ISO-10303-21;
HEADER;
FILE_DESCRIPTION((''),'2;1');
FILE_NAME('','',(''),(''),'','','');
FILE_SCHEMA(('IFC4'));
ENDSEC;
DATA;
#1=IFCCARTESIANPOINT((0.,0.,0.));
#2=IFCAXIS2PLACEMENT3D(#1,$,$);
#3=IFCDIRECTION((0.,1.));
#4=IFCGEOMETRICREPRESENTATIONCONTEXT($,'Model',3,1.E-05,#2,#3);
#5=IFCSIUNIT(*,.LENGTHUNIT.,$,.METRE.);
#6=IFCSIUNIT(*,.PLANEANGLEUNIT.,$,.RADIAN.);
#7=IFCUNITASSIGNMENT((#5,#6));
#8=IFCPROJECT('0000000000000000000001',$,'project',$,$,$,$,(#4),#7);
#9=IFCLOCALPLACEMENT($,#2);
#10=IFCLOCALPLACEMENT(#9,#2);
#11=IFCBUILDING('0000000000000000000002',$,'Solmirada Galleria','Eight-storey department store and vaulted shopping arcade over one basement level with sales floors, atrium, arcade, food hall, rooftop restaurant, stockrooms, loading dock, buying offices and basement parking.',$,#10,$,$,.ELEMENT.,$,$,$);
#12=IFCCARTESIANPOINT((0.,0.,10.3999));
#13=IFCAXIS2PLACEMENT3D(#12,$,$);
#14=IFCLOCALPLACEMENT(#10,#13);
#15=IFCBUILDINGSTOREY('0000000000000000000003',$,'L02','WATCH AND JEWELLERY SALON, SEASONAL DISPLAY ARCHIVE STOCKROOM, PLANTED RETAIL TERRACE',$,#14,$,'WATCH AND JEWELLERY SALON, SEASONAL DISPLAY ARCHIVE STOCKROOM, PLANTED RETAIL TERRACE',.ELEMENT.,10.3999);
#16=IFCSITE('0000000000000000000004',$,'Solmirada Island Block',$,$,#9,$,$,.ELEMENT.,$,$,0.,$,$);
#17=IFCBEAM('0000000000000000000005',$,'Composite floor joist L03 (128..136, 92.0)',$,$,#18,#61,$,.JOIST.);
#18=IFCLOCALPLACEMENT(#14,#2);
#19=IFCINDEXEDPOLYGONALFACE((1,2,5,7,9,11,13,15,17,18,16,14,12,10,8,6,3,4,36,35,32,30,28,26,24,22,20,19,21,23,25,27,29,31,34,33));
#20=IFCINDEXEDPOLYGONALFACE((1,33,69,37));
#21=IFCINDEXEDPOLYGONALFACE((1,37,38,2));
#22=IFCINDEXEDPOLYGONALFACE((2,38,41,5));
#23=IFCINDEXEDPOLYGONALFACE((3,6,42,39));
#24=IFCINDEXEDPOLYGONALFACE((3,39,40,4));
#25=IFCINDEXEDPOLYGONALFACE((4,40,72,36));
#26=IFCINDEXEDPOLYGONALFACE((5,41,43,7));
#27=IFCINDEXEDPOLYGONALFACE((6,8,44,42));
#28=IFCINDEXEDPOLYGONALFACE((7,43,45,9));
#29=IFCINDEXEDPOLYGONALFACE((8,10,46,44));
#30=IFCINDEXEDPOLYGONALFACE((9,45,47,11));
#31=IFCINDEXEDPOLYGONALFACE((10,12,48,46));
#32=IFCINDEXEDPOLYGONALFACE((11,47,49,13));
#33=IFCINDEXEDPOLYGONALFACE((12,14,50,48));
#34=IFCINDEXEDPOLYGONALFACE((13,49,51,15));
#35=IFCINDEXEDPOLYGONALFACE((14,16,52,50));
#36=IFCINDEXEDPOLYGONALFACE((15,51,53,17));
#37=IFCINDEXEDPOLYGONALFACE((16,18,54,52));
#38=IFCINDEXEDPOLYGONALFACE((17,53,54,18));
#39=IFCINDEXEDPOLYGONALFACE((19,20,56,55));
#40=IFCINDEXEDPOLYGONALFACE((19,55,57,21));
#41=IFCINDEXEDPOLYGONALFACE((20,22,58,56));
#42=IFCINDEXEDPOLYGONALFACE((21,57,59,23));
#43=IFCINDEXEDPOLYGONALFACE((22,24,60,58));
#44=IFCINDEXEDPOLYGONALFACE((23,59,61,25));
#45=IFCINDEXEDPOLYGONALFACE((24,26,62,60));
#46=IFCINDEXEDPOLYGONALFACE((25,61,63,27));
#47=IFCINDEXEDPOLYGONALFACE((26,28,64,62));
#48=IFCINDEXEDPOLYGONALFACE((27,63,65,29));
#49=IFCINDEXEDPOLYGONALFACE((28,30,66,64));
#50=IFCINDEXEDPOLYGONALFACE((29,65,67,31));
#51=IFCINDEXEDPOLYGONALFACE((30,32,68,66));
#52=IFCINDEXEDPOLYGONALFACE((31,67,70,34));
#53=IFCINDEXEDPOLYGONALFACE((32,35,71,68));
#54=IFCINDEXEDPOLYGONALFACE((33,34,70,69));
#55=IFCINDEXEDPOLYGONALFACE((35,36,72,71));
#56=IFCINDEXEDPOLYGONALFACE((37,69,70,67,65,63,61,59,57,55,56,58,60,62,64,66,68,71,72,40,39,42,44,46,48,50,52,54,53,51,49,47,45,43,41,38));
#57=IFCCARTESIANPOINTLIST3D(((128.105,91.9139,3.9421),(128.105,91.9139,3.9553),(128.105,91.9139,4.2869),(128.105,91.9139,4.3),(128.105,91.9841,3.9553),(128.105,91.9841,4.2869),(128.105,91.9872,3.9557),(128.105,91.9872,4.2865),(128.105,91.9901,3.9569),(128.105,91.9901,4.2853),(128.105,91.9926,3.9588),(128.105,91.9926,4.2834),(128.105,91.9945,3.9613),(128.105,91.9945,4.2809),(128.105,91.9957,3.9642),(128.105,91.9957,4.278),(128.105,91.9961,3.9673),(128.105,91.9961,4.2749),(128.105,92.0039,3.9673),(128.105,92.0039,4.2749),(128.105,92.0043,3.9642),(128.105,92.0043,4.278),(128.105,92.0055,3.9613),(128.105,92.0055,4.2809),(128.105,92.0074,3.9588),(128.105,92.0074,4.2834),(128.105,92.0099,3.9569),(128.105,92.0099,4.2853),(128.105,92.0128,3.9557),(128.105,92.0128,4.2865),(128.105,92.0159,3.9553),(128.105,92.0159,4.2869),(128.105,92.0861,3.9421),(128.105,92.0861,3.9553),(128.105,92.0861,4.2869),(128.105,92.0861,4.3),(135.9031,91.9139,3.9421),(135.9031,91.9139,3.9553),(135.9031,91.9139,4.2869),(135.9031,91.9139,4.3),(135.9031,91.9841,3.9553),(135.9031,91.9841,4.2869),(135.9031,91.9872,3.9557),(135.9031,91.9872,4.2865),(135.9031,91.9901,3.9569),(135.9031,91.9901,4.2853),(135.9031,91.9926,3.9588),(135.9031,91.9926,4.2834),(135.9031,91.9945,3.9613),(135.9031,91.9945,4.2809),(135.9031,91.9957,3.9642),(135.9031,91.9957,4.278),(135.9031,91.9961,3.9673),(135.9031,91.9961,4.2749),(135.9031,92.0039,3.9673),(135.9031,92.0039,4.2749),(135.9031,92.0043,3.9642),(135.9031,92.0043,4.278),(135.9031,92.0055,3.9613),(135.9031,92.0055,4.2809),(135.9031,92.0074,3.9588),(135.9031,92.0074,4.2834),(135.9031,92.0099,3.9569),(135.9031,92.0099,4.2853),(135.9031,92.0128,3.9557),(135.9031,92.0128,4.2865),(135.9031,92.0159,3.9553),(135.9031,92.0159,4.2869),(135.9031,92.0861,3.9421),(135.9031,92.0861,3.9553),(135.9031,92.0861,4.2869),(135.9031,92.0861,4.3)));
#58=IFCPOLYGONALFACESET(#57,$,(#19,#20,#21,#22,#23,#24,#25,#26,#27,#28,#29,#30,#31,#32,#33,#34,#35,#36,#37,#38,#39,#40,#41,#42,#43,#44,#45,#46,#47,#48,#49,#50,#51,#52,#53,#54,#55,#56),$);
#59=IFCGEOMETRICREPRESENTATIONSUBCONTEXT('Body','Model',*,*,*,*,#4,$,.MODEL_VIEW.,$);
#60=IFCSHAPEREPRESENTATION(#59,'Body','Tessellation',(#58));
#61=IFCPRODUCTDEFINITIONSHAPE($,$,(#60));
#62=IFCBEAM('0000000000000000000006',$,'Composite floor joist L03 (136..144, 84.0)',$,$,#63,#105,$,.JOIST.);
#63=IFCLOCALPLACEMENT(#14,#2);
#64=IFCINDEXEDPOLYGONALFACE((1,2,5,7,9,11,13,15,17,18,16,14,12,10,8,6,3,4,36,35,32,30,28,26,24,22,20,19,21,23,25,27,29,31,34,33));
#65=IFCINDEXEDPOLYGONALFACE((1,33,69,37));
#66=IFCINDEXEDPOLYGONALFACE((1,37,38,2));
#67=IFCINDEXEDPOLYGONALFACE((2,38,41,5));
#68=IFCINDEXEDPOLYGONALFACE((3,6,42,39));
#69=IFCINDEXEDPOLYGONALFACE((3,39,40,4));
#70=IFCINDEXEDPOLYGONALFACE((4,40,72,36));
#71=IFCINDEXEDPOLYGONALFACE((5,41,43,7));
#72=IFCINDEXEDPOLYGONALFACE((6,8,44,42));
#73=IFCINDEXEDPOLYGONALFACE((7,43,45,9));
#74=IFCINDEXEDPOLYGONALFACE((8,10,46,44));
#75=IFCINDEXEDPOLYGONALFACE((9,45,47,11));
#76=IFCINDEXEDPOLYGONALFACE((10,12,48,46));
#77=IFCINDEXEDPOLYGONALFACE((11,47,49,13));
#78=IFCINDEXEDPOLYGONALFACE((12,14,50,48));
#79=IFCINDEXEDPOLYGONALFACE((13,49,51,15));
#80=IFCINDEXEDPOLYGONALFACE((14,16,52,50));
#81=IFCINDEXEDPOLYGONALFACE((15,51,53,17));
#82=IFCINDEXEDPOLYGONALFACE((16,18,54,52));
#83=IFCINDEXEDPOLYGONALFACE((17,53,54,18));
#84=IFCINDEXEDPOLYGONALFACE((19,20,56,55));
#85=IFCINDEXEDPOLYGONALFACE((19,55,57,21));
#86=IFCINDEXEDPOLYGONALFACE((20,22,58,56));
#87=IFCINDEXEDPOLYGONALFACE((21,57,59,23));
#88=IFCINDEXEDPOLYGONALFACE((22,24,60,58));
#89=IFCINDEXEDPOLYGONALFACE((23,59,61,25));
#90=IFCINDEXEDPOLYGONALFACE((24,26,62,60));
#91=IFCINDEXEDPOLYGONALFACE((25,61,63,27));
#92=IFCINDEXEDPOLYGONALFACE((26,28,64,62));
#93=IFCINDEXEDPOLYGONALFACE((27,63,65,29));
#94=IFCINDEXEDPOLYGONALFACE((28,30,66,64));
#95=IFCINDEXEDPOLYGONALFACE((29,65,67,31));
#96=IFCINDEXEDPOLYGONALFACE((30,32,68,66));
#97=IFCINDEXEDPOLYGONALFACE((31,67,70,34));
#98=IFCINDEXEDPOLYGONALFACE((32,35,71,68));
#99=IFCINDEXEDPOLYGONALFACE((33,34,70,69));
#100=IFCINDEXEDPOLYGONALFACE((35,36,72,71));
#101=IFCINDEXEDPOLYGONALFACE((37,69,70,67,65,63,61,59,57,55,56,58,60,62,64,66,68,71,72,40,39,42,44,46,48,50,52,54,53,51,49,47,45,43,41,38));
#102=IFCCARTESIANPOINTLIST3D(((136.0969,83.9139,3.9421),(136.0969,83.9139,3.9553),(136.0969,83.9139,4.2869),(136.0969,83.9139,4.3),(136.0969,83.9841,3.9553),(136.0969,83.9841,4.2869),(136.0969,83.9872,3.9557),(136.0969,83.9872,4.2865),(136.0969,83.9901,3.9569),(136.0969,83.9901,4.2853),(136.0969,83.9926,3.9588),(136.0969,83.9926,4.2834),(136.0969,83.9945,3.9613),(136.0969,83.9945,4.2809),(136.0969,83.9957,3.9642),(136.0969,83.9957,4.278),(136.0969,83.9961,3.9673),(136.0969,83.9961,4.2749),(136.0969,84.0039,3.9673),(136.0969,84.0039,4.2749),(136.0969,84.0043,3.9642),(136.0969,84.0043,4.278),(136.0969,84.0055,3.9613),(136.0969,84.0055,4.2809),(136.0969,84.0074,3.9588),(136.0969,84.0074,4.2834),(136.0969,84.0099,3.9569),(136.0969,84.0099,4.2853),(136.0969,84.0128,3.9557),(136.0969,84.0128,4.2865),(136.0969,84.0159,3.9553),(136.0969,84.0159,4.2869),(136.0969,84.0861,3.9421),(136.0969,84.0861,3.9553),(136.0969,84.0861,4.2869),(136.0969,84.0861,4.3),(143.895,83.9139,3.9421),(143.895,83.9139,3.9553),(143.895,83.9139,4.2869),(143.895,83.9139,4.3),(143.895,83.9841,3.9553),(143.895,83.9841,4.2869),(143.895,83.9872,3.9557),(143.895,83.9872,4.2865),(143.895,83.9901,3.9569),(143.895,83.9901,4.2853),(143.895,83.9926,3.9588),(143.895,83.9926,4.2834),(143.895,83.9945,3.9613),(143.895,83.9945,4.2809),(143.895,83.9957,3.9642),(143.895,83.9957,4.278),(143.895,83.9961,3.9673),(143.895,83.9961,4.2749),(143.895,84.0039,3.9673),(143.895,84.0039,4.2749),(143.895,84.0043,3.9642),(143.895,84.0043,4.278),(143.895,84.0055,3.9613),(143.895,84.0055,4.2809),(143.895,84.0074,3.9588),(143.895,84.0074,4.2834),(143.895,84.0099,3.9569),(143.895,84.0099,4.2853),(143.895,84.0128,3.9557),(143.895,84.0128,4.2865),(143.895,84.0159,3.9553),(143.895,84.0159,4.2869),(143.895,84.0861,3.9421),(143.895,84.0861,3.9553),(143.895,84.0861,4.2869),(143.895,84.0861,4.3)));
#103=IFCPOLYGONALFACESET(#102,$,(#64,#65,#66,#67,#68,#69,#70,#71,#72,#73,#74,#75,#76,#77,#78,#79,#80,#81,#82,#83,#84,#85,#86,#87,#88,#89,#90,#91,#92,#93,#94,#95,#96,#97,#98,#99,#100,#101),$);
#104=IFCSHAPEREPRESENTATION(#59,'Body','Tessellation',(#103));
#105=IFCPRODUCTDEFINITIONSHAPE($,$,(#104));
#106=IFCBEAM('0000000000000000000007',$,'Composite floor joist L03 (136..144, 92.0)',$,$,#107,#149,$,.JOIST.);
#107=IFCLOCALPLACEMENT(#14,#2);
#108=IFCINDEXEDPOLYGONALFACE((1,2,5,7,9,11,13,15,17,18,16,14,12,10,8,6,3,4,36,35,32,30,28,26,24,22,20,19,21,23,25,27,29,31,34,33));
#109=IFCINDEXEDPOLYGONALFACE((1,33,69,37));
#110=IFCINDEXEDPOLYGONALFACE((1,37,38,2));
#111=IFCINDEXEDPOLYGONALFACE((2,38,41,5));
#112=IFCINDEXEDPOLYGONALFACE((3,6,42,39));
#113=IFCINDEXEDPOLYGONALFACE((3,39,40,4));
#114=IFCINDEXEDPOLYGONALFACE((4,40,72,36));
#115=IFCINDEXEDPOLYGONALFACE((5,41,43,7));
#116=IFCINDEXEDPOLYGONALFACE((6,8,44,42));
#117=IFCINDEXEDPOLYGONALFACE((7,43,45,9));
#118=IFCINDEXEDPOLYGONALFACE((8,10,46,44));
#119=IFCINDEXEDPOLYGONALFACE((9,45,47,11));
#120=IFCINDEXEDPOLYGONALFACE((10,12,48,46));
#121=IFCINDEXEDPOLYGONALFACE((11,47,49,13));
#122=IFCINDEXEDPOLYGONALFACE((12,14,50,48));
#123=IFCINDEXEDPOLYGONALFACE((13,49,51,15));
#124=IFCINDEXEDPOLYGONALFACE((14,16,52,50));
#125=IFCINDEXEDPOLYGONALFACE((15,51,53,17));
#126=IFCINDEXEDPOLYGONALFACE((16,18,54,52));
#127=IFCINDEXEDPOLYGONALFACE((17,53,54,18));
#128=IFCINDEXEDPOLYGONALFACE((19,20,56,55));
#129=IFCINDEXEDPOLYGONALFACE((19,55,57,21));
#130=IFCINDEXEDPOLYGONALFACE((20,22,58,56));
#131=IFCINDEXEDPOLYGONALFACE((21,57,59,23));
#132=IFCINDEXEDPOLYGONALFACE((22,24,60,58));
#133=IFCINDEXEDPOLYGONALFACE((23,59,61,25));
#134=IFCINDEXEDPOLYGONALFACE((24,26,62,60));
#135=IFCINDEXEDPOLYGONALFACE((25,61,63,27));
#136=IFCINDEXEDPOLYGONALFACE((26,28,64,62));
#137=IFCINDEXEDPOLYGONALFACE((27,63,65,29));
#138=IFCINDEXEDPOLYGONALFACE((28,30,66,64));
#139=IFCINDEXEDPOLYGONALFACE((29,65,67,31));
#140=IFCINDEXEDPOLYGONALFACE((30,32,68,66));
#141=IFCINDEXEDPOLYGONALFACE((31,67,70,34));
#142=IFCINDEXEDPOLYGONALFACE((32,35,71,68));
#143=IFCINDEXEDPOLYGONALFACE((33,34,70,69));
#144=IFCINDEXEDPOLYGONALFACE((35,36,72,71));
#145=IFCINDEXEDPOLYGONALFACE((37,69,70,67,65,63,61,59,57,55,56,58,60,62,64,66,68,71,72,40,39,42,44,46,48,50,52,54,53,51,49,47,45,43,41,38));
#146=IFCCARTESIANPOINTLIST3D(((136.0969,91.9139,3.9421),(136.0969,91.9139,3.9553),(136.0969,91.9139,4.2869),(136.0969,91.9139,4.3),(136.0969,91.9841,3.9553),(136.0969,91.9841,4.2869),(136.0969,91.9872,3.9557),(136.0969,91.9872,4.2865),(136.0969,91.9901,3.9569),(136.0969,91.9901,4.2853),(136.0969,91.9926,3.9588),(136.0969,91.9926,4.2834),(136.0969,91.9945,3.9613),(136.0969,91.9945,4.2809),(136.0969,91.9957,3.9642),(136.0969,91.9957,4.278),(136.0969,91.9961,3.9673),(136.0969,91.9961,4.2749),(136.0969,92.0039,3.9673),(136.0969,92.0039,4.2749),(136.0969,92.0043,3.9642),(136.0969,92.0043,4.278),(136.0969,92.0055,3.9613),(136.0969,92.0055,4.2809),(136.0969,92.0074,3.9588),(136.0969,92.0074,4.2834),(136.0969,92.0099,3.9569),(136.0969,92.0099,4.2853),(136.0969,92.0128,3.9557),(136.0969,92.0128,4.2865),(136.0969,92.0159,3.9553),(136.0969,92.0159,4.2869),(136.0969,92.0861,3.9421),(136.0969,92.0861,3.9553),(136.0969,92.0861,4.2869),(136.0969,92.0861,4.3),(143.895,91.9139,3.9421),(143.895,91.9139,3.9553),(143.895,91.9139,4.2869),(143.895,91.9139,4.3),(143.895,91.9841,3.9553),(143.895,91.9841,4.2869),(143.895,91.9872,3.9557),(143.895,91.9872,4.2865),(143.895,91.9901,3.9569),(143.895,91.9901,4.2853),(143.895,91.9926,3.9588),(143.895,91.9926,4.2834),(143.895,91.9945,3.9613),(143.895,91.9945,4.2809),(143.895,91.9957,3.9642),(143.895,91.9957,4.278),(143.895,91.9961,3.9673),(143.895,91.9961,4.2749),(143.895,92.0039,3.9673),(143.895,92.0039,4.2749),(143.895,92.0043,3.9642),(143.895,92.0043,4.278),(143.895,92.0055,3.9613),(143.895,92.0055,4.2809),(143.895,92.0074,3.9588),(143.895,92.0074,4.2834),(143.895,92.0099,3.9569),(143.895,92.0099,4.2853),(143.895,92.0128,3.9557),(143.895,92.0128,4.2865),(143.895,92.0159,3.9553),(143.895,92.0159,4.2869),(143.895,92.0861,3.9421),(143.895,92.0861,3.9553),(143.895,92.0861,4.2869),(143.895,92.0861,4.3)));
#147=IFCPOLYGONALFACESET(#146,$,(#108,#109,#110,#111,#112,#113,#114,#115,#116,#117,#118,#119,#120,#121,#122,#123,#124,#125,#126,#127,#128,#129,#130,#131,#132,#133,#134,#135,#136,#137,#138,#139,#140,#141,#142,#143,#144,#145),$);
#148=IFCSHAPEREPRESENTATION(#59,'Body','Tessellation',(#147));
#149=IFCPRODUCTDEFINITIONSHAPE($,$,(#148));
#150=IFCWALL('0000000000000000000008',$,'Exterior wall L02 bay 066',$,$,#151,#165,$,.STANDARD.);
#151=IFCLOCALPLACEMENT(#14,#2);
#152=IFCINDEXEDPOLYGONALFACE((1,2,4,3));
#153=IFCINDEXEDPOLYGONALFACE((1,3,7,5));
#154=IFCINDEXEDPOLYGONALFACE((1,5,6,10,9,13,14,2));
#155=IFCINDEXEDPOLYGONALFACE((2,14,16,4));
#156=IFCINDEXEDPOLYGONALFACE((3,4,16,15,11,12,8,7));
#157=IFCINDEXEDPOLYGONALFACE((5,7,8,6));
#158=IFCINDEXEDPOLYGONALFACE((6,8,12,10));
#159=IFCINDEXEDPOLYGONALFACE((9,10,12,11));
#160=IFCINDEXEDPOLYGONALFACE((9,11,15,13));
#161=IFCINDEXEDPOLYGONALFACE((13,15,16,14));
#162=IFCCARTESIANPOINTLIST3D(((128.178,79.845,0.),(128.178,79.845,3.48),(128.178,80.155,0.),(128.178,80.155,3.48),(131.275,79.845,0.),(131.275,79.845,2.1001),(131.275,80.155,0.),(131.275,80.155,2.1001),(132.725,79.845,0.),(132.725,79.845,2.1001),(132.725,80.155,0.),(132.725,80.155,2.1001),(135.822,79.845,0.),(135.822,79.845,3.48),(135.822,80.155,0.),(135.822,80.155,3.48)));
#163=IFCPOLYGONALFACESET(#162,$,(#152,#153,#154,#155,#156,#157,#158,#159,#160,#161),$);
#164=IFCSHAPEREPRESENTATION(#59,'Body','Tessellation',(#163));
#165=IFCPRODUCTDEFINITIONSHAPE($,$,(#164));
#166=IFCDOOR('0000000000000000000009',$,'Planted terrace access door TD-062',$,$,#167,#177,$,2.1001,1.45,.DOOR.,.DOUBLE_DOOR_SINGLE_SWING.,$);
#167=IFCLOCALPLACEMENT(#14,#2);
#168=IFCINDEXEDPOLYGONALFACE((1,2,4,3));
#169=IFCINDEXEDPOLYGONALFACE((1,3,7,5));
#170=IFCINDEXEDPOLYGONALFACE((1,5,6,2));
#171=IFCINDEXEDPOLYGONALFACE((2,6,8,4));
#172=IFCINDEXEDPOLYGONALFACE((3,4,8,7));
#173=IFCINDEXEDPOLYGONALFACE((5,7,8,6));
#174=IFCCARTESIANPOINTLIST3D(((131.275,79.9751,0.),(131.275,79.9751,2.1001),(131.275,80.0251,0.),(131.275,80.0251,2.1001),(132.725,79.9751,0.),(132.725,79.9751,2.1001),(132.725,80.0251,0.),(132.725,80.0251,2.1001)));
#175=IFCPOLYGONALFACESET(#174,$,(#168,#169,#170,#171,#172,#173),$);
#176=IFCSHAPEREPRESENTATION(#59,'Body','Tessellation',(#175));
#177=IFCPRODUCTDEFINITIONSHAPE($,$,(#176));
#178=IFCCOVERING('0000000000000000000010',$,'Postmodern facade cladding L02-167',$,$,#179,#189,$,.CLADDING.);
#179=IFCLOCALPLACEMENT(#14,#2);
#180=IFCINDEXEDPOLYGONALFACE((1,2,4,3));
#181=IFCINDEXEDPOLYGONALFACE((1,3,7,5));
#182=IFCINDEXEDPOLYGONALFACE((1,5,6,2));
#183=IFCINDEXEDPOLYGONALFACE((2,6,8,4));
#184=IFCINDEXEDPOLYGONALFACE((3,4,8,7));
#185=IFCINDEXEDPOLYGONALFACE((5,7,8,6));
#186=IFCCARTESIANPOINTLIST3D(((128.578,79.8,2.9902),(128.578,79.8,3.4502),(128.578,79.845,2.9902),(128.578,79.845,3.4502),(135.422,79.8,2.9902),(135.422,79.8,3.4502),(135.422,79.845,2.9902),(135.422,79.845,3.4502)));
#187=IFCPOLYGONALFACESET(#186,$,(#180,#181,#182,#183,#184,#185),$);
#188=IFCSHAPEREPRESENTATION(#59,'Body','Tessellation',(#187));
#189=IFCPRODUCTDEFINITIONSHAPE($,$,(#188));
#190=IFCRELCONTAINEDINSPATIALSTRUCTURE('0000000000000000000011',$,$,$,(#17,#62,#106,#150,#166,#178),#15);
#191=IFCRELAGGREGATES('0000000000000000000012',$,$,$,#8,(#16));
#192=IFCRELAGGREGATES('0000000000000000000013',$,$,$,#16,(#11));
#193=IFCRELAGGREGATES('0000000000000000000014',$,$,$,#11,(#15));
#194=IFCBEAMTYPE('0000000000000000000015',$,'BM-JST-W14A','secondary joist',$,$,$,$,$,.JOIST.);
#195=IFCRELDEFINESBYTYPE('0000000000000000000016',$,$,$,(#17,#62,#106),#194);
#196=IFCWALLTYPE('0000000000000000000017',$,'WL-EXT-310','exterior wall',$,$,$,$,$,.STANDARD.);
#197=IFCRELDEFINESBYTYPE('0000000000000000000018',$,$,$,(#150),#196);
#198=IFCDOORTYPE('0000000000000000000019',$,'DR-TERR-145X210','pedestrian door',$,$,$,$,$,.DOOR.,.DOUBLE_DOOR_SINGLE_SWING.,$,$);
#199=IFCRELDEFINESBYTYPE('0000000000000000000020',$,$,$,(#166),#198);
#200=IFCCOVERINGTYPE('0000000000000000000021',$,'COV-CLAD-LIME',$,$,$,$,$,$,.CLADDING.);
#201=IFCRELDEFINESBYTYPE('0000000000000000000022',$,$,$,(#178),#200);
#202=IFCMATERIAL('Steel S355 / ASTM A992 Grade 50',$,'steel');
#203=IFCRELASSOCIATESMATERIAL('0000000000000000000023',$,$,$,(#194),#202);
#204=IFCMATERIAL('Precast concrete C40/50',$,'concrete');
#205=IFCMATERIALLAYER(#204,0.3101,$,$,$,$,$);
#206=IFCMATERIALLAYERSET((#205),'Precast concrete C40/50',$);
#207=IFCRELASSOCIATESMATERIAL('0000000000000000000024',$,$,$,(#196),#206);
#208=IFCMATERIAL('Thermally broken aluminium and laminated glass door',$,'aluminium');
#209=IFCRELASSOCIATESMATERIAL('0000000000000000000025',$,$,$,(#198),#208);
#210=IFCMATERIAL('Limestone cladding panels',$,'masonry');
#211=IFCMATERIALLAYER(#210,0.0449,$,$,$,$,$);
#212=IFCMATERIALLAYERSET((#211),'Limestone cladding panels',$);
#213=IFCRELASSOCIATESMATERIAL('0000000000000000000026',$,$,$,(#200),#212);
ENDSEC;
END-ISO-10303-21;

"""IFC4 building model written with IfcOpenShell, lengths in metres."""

from ifc_helpers import new_model, si_unit, direction, frame, frame_2d, origin, origin_2d, place, context, subcontext, project, spatial, rectangle, i_section, extrude, material, layer, layer_set, material_profile, profile_set, type_object, element, fill, save


model = new_model("IFC4")

# Units and contexts
model_context = context("Model", 3, precision=1e-05, world=origin(), true_north=direction((0.0, 1.0)))
body_context = subcontext(model_context, "Body", "Model", "MODEL_VIEW")
ifc_project = project(units=[si_unit("LENGTHUNIT", "METRE"), si_unit("PLANEANGLEUNIT", "RADIAN")], contexts=[model_context])

# Site, building, storey
site_placement = place(None, origin())
site = spatial("IfcSite", under=ifc_project, at=site_placement, Name="Solmirada Island Block", CompositionType="ELEMENT", RefElevation=0.0)
building_placement = place(site_placement, origin())
building = spatial("IfcBuilding", under=site, at=building_placement, Name="Solmirada Galleria", Description="Eight-storey department store and vaulted shopping arcade over one basement level with sales floors, atrium, arcade, food hall, rooftop restaurant, stockrooms, loading dock, buying offices and basement parking.", CompositionType="ELEMENT")
storey_placement = place(building_placement, frame((0.0, 0.0, 10.3999)))
storey = spatial("IfcBuildingStorey", under=building, at=storey_placement, Name="L02", Description="WATCH AND JEWELLERY SALON, SEASONAL DISPLAY ARCHIVE STOCKROOM, PLANTED RETAIL TERRACE", LongName="WATCH AND JEWELLERY SALON, SEASONAL DISPLAY ARCHIVE STOCKROOM, PLANTED RETAIL TERRACE", CompositionType="ELEMENT", Elevation=10.3999)

# Beams
ifc_material_1 = material(Name="Steel S355 / ASTM A992 Grade 50", Category="steel")
ifc_material_profile_1 = material_profile(ifc_material_1, i_section(OverallWidth=0.1721, OverallDepth=0.3579, WebThickness=0.0078, FlangeThickness=0.0132, FilletRadius=0.012, at=origin_2d()), Name="W14X38")
ifc_profile_set_1 = profile_set([ifc_material_profile_1], Name="Steel S355 / ASTM A992 Grade 50")
beam_type_1 = type_object("IfcBeamType", Name="BM-JST-W14A", Description="secondary joist", PredefinedType="JOIST", material=ifc_profile_set_1)
for number, where, z_axis, x_axis, name in (
    (1, (128.105, 92.0, 4.1211), (1.0, 0.0, 0.0), (0.0, 1.0, 0.0), "Composite floor joist L03 (128..136, 92.0)"),
    (2, (136.0969, 84.0, 4.1211), (1.0, 0.0, 0.0), (0.0, 1.0, 0.0), "Composite floor joist L03 (136..144, 84.0)"),
    (3, (136.0969, 92.0, 4.1211), (1.0, 0.0, 0.0), (0.0, 1.0, 0.0), "Composite floor joist L03 (136..144, 92.0)"),
):
    element("IfcBeam", number, at=place(storey_placement, frame(where, z_axis=z_axis, x_axis=x_axis)), inside=storey, type_object=beam_type_1, Name=name, PredefinedType="JOIST", context=body_context, shape_type="SweptSolid", body=[
        extrude(i_section(OverallWidth=0.1721, OverallDepth=0.3579, WebThickness=0.0078, FlangeThickness=0.0132, FilletRadius=0.012, at=origin_2d()), origin(), (0.0, 0.0, 1.0), 7.7981),
    ])

# Wall, opening, door
ifc_material_2 = material(Name="Precast concrete C40/50", Category="concrete")
ifc_layer_1 = layer(ifc_material_2, 0.3101)
ifc_layer_set_1 = layer_set([ifc_layer_1], Name="Precast concrete C40/50")
wall_type = type_object("IfcWallType", Name="WL-EXT-310", Description="exterior wall", PredefinedType="STANDARD", material=ifc_layer_set_1)
wall_placement = place(storey_placement, frame((135.822, 80.0, 0.0), z_axis=(0.0, 0.0, 1.0), x_axis=(-1.0, 0.0, 0.0)))
wall = element("IfcWall", 4, at=wall_placement, inside=storey, type_object=wall_type, Name="Exterior wall L02 bay 066", PredefinedType="STANDARD", context=body_context, shape_type="SweptSolid", body=[
    extrude(rectangle(XDim=7.644, YDim=0.3101, at=frame_2d((3.822, 0.0))), origin(), (0.0, 0.0, 1.0), 3.48),
])
opening_placement = place(wall_placement, frame((3.0969, 0.0, 0.0)))
opening = element("IfcOpeningElement", 5, at=opening_placement, cuts=wall, PredefinedType="OPENING", context=body_context, shape_type="SweptSolid", body=[
    extrude(rectangle(XDim=1.45, YDim=2.1001, at=frame_2d((0.7251, 1.05))), frame((0.0, 0.165, 0.0), z_axis=(0.0, -1.0, 0.0), x_axis=(1.0, 0.0, 0.0)), (0.0, 0.0, 1.0), 0.3301),
])
ifc_material_3 = material(Name="Thermally broken aluminium and laminated glass door", Category="aluminium")
door_type = type_object("IfcDoorType", Name="DR-TERR-145X210", Description="pedestrian door", OperationType="DOUBLE_DOOR_SINGLE_SWING", PredefinedType="DOOR", material=ifc_material_3)
door_placement = place(opening_placement, origin())
door = element("IfcDoor", 6, at=door_placement, inside=storey, type_object=door_type, Name="Planted terrace access door TD-062", OperationType="DOUBLE_DOOR_SINGLE_SWING", OverallHeight=2.1001, OverallWidth=1.45, PredefinedType="DOOR", context=body_context, shape_type="SweptSolid", body=[
    extrude(rectangle(XDim=1.45, YDim=2.1001, at=frame_2d((0.7251, 1.05))), frame((0.0, 0.0249, 0.0), z_axis=(0.0, -1.0, 0.0), x_axis=(1.0, 0.0, 0.0)), (0.0, 0.0, 1.0), 0.05),
])
fill(opening, door)

# Covering
ifc_material_4 = material(Name="Limestone cladding panels", Category="masonry")
ifc_layer_2 = layer(ifc_material_4, 0.0449)
ifc_layer_set_2 = layer_set([ifc_layer_2], Name="Limestone cladding panels")
covering_type_1 = type_object("IfcCoveringType", Name="COV-CLAD-LIME", PredefinedType="CLADDING", material=ifc_layer_set_2)
covering_1_placement = place(storey_placement, frame((132.0, 79.8225, 2.9902), z_axis=(0.0, 0.0, 1.0), x_axis=(-1.0, 0.0, 0.0)))
element("IfcCovering", 7, at=covering_1_placement, inside=storey, type_object=covering_type_1, Name="Postmodern facade cladding L02-167", PredefinedType="CLADDING", context=body_context, shape_type="SweptSolid", body=[
    extrude(rectangle(XDim=6.844, YDim=0.0449, at=origin_2d()), origin(), (0.0, 0.0, 1.0), 0.46),
])

save(model, "model.ifc")
